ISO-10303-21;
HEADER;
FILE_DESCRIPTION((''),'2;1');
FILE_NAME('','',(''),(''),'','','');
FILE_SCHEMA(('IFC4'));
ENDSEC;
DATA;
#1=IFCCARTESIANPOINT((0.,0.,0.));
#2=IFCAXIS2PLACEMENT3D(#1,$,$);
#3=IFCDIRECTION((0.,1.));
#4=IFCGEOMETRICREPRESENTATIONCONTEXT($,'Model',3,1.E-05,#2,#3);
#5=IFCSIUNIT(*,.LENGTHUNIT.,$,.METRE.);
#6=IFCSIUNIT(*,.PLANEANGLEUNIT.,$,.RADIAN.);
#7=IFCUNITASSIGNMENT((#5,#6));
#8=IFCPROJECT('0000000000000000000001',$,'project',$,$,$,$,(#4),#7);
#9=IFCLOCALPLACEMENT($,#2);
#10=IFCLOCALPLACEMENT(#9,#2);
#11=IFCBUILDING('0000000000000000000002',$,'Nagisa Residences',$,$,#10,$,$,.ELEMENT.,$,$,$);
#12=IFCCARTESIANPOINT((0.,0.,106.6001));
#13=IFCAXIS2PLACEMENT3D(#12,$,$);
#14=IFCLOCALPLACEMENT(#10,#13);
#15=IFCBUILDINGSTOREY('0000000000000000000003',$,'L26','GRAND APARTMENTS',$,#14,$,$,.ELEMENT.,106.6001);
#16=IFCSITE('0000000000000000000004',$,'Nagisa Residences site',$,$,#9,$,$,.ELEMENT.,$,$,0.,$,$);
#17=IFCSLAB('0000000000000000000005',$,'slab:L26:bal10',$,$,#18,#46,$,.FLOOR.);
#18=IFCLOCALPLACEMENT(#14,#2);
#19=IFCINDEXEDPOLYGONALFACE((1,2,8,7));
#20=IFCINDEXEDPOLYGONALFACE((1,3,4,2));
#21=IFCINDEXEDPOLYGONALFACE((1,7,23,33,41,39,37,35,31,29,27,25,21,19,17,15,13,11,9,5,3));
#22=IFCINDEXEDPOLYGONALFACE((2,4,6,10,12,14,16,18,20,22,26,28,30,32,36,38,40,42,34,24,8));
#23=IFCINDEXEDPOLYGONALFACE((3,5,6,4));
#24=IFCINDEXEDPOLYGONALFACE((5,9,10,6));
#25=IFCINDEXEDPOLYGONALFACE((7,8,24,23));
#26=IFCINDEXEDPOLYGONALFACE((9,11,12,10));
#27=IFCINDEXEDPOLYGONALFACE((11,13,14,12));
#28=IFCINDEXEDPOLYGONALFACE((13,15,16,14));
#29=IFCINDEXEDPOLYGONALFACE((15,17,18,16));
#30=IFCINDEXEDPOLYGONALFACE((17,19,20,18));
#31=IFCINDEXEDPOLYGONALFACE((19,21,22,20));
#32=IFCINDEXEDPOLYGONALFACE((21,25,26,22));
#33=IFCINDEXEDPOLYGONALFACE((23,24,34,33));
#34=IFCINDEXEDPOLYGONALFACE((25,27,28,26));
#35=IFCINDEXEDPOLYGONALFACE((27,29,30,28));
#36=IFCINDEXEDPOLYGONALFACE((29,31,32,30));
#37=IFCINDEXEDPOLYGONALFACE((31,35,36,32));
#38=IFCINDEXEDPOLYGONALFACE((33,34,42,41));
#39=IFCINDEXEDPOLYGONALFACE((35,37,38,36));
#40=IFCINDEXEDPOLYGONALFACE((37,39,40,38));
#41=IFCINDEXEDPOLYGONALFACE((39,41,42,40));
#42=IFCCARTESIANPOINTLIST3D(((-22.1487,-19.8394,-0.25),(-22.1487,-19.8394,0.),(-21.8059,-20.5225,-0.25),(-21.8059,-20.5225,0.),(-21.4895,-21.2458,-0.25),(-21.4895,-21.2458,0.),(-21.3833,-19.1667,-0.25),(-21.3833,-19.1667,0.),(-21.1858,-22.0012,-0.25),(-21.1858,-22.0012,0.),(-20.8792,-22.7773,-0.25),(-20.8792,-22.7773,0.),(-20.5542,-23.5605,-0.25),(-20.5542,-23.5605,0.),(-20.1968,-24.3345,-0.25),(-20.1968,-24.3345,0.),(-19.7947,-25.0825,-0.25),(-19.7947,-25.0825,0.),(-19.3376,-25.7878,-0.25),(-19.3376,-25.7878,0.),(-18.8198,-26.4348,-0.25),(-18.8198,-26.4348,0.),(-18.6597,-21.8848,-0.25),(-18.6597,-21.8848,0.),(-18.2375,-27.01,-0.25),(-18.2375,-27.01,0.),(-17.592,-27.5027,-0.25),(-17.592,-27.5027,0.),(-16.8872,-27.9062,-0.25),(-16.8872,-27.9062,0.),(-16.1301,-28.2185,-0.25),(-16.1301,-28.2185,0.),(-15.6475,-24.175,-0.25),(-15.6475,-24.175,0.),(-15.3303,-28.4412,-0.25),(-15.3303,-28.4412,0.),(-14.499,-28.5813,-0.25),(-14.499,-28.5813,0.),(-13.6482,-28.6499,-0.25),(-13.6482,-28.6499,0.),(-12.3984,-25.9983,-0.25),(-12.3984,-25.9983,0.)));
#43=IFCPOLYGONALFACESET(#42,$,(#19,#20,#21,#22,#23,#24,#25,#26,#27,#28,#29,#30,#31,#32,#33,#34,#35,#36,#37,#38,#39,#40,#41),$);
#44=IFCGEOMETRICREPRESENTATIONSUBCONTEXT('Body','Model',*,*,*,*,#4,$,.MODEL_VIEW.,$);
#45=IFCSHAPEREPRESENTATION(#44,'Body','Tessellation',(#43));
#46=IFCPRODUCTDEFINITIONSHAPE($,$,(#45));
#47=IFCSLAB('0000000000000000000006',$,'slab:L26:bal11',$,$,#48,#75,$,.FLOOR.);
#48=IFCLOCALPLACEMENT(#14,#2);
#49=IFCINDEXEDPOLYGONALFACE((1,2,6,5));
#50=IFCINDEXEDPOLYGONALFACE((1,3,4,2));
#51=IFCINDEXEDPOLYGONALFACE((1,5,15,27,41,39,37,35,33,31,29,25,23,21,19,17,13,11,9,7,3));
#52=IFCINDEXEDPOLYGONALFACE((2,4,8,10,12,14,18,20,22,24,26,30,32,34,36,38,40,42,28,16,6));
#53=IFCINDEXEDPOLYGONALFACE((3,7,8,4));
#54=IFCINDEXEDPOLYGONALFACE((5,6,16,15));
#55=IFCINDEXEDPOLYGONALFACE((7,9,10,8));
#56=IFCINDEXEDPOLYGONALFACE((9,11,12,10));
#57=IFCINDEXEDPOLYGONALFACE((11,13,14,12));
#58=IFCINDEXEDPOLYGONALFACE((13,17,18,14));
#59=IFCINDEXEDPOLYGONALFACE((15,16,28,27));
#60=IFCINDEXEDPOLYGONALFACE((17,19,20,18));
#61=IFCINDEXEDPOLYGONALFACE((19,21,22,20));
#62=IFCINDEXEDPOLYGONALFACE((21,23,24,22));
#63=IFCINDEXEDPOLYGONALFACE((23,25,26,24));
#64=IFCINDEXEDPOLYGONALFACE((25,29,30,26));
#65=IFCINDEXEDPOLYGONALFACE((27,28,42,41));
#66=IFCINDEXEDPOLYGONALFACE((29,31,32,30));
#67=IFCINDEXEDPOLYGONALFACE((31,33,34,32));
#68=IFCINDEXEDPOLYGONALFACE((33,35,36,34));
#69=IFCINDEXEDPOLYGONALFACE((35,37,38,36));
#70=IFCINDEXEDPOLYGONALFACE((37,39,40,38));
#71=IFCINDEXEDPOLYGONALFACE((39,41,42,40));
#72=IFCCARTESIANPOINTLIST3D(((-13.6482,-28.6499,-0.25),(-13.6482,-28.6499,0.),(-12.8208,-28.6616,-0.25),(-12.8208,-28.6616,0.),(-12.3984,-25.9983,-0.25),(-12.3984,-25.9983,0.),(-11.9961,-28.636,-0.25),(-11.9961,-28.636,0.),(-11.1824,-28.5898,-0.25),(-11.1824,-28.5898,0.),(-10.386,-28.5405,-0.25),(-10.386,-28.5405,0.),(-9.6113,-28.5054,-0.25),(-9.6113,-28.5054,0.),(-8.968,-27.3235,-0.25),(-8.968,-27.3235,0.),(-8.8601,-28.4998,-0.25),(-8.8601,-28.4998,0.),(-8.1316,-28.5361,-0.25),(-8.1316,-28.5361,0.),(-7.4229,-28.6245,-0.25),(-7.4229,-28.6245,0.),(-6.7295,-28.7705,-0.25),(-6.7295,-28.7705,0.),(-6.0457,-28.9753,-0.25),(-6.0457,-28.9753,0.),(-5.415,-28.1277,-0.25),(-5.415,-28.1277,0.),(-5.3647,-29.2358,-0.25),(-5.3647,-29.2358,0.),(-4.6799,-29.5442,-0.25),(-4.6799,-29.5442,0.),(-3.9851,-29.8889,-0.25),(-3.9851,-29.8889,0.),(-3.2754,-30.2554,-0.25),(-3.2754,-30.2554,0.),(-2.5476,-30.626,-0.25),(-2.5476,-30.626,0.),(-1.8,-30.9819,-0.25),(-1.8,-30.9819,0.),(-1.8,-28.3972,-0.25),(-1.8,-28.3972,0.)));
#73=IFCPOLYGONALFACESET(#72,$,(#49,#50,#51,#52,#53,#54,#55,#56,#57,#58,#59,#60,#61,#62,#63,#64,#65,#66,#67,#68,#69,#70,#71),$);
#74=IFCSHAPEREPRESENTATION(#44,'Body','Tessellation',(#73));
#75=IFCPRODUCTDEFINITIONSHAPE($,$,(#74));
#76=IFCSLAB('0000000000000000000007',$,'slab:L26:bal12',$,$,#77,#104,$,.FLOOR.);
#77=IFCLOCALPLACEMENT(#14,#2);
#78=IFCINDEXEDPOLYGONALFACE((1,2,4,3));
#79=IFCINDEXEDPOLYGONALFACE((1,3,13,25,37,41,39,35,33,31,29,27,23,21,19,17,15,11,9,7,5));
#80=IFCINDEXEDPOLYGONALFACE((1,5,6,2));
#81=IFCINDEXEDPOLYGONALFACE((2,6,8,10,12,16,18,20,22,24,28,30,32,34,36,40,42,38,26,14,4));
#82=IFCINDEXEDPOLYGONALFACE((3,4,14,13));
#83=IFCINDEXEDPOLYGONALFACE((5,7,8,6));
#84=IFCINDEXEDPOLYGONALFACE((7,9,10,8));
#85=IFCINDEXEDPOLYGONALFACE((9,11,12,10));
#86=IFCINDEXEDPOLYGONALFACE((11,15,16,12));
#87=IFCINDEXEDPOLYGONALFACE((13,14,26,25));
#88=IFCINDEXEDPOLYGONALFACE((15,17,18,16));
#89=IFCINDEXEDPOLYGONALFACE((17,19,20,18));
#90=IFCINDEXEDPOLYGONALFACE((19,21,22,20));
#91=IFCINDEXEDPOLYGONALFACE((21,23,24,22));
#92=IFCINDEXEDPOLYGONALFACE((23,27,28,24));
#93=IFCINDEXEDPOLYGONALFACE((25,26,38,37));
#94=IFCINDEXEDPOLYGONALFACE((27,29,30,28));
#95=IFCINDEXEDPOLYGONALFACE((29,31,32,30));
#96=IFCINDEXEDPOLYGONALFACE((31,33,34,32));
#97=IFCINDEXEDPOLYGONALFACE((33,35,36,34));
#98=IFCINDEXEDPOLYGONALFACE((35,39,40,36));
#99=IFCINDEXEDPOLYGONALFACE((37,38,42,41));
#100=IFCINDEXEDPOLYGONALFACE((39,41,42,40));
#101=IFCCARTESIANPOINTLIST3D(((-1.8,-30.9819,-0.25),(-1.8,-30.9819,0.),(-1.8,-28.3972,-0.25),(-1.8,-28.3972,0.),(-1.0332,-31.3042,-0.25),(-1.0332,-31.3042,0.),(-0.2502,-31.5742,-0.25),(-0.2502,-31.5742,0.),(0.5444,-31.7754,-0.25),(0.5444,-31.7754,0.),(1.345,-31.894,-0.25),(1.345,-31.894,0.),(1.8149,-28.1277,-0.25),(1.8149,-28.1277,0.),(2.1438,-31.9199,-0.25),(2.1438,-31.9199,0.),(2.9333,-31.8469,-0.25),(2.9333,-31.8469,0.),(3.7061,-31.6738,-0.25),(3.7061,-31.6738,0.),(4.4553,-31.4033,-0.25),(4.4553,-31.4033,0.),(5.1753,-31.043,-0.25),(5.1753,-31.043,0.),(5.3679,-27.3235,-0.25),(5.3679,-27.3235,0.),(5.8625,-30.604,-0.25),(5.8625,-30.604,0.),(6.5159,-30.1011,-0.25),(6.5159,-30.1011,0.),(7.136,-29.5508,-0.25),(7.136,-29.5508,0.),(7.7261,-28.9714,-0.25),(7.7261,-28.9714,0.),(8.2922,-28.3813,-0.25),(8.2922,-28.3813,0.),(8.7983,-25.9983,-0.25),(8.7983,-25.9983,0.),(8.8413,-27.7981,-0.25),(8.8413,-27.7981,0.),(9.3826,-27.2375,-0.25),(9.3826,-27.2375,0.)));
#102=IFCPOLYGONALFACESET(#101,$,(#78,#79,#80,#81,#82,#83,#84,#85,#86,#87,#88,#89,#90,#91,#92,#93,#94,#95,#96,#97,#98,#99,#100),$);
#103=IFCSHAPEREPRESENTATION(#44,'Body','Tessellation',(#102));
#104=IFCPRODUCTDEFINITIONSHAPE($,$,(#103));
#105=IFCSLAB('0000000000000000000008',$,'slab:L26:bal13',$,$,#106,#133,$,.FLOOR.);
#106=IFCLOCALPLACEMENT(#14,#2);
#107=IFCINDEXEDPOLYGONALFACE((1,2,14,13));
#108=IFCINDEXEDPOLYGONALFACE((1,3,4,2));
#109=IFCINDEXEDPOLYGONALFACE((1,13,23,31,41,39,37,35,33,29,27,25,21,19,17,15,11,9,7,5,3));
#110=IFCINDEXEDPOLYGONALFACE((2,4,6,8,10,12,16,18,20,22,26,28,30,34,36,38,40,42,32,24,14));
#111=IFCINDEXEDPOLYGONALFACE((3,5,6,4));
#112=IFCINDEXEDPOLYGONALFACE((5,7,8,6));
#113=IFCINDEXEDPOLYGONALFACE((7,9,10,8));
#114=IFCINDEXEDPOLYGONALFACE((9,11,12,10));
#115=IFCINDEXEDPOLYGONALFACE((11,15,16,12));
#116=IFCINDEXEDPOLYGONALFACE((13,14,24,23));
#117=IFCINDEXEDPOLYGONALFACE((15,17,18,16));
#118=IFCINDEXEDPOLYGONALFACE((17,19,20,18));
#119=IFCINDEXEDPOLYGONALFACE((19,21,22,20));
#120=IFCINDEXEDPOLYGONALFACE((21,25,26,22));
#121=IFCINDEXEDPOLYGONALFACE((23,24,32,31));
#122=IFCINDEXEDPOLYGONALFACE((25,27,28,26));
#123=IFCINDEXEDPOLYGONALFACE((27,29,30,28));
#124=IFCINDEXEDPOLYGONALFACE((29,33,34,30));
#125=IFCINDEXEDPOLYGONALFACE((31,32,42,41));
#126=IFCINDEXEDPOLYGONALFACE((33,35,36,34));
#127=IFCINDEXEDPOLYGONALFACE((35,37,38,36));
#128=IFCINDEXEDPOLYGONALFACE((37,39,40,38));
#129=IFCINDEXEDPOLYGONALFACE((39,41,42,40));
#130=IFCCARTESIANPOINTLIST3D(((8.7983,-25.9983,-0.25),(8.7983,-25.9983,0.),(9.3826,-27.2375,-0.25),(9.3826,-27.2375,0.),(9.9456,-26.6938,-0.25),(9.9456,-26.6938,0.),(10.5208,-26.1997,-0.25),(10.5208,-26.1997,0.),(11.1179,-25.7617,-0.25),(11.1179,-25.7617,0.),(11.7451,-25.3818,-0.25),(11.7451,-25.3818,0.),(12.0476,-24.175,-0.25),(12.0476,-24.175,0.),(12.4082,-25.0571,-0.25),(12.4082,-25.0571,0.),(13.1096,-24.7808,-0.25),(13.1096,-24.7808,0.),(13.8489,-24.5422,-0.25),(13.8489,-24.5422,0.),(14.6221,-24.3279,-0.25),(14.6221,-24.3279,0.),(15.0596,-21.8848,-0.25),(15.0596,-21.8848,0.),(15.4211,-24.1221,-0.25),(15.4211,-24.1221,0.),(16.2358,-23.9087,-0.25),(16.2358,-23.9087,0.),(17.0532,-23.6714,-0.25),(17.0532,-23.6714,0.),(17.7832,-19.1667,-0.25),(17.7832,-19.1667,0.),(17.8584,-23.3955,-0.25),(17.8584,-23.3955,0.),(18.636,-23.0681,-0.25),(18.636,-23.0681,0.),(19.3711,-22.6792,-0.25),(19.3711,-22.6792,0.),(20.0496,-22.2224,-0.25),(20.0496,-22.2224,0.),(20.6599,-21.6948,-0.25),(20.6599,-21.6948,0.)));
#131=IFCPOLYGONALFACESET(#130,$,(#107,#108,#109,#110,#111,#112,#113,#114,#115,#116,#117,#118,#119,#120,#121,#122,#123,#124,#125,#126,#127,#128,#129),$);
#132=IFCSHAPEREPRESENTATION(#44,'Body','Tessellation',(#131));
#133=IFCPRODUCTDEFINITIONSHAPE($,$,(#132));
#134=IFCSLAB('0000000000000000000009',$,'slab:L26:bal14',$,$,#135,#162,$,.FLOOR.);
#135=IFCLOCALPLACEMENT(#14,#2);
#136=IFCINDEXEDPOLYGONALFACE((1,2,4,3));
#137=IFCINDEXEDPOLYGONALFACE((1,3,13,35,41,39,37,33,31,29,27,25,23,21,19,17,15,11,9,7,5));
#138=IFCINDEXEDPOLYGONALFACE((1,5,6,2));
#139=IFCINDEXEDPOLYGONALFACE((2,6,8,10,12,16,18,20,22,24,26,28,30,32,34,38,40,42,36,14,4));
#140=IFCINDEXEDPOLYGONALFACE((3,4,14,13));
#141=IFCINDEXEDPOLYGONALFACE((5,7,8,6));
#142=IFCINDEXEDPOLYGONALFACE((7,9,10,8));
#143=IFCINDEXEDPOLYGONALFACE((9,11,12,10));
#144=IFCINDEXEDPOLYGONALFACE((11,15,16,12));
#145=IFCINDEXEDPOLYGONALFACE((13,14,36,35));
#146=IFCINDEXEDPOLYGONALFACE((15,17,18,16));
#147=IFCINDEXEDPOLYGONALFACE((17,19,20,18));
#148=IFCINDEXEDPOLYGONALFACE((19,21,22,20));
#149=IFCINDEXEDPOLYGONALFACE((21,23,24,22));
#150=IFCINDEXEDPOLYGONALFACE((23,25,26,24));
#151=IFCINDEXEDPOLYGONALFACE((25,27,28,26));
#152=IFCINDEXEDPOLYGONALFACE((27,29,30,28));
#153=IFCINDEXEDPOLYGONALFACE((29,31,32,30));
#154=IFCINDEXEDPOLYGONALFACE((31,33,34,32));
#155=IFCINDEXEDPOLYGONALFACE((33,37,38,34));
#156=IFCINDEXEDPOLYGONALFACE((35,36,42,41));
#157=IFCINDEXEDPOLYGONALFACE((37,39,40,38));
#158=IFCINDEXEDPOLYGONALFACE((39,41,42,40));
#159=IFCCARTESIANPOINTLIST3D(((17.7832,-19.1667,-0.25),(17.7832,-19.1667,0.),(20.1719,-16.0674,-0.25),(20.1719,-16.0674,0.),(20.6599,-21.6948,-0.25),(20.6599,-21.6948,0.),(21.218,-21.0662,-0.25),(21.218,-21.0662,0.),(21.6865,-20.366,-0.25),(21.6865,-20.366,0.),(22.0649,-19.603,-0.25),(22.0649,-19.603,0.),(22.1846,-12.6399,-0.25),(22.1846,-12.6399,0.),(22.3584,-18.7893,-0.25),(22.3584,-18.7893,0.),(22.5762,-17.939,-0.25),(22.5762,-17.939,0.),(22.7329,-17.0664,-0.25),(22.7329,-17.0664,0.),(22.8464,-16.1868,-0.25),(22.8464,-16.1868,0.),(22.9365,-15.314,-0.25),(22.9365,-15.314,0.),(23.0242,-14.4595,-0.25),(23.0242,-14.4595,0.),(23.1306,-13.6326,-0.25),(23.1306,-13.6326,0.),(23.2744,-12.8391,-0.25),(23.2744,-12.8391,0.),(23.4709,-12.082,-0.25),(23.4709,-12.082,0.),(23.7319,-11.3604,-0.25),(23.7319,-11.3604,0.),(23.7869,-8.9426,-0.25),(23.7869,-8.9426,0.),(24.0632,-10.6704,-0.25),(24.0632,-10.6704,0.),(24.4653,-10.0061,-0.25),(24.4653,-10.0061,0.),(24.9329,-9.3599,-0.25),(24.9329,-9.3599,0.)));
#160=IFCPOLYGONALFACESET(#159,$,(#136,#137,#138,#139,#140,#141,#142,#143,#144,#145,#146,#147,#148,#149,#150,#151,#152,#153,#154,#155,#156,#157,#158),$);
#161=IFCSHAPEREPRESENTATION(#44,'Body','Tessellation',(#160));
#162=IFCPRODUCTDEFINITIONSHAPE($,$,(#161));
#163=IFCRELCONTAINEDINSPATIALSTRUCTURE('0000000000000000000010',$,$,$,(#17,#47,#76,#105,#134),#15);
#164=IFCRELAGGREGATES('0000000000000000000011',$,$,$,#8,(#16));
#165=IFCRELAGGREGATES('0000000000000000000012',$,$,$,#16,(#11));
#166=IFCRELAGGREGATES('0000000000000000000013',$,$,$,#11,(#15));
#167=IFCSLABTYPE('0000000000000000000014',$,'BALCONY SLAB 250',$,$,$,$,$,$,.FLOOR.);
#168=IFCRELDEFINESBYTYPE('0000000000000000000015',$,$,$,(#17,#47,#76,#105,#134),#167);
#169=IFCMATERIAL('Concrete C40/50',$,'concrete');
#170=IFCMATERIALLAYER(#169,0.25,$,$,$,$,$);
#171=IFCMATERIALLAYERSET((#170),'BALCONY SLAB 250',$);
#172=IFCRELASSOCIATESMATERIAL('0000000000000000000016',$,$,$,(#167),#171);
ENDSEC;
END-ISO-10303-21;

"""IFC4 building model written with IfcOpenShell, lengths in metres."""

from ifc_helpers import new_model, si_unit, direction, frame, origin, place, context, subcontext, project, spatial, polyline, outline, extrude, material, layer, layer_set, type_object, element, save


model = new_model("IFC4")

# Units and contexts
model_context = context("Model", 3, precision=1e-05, world=origin(), true_north=direction((0.0, 1.0)))
body_context = subcontext(model_context, "Body", "Model", "MODEL_VIEW")
ifc_project = project(units=[si_unit("LENGTHUNIT", "METRE"), si_unit("PLANEANGLEUNIT", "RADIAN")], contexts=[model_context])

# Site, building, storey
site_placement = place(None, origin())
site = spatial("IfcSite", under=ifc_project, at=site_placement, Name="Nagisa Residences site", CompositionType="ELEMENT", RefElevation=0.0)
building_placement = place(site_placement, origin())
building = spatial("IfcBuilding", under=site, at=building_placement, Name="Nagisa Residences", CompositionType="ELEMENT")
storey_placement = place(building_placement, frame((0.0, 0.0, 106.6001)))
storey = spatial("IfcBuildingStorey", under=building, at=storey_placement, Name="L26", Description="GRAND APARTMENTS", CompositionType="ELEMENT", Elevation=106.6001)

# Slabs
ifc_material_1 = material(Name="Concrete C40/50", Category="concrete")
ifc_layer_1 = layer(ifc_material_1, 0.25)
ifc_layer_set_1 = layer_set([ifc_layer_1], Name="BALCONY SLAB 250")
slab_type_1 = type_object("IfcSlabType", Name="BALCONY SLAB 250", PredefinedType="FLOOR", material=ifc_layer_set_1)
slab_1_placement = place(storey_placement, frame((0.0, 0.0, -0.25)))
element("IfcSlab", 1, at=slab_1_placement, inside=storey, type_object=slab_type_1, Name="slab:L26:bal10", PredefinedType="FLOOR", context=body_context, shape_type="SweptSolid", body=[
    extrude(outline(polyline([(-22.1487, -19.8394), (-21.8059, -20.5225), (-21.4895, -21.2458), (-21.1858, -22.0012), (-20.8792, -22.7773), (-20.5542, -23.5605), (-20.1968, -24.3345), (-19.7947, -25.0825), (-19.3376, -25.7878), (-18.8198, -26.4348), (-18.2375, -27.01), (-17.592, -27.5027), (-16.8872, -27.9062), (-16.1301, -28.2185), (-15.3303, -28.4412), (-14.499, -28.5813), (-13.6482, -28.6499), (-12.3984, -25.9983), (-15.6475, -24.175), (-18.6597, -21.8848), (-21.3833, -19.1667), (-22.1487, -19.8394)])), origin(), (0.0, 0.0, 1.0), 0.25),
])
slab_2_placement = place(storey_placement, frame((0.0, 0.0, -0.25)))
element("IfcSlab", 2, at=slab_2_placement, inside=storey, type_object=slab_type_1, Name="slab:L26:bal11", PredefinedType="FLOOR", context=body_context, shape_type="SweptSolid", body=[
    extrude(outline(polyline([(-13.6482, -28.6499), (-12.8208, -28.6616), (-11.9961, -28.636), (-11.1824, -28.5898), (-10.386, -28.5405), (-9.6113, -28.5054), (-8.8601, -28.4998), (-8.1316, -28.5361), (-7.4229, -28.6245), (-6.7295, -28.7705), (-6.0457, -28.9753), (-5.3647, -29.2358), (-4.6799, -29.5442), (-3.9851, -29.8889), (-3.2754, -30.2554), (-2.5476, -30.626), (-1.8, -30.9819), (-1.8, -28.3972), (-5.415, -28.1277), (-8.968, -27.3235), (-12.3984, -25.9983), (-13.6482, -28.6499)])), origin(), (0.0, 0.0, 1.0), 0.25),
])
slab_3_placement = place(storey_placement, frame((0.0, 0.0, -0.25)))
element("IfcSlab", 3, at=slab_3_placement, inside=storey, type_object=slab_type_1, Name="slab:L26:bal12", PredefinedType="FLOOR", context=body_context, shape_type="SweptSolid", body=[
    extrude(outline(polyline([(-1.8, -30.9819), (-1.0332, -31.3042), (-0.2502, -31.5742), (0.5444, -31.7754), (1.345, -31.894), (2.1438, -31.9199), (2.9333, -31.8469), (3.7061, -31.6738), (4.4553, -31.4033), (5.1753, -31.043), (5.8625, -30.604), (6.5159, -30.1011), (7.136, -29.5508), (7.7261, -28.9714), (8.2922, -28.3813), (8.8413, -27.7981), (9.3826, -27.2375), (8.7983, -25.9983), (5.3679, -27.3235), (1.8149, -28.1277), (-1.8, -28.3972), (-1.8, -30.9819)])), origin(), (0.0, 0.0, 1.0), 0.25),
])
slab_4_placement = place(storey_placement, frame((0.0, 0.0, -0.25)))
element("IfcSlab", 4, at=slab_4_placement, inside=storey, type_object=slab_type_1, Name="slab:L26:bal13", PredefinedType="FLOOR", context=body_context, shape_type="SweptSolid", body=[
    extrude(outline(polyline([(9.3826, -27.2375), (9.9456, -26.6938), (10.5208, -26.1997), (11.1179, -25.7617), (11.7451, -25.3818), (12.4082, -25.0571), (13.1096, -24.7808), (13.8489, -24.5422), (14.6221, -24.3279), (15.4211, -24.1221), (16.2358, -23.9087), (17.0532, -23.6714), (17.8584, -23.3955), (18.636, -23.0681), (19.3711, -22.6792), (20.0496, -22.2224), (20.6599, -21.6948), (17.7832, -19.1667), (15.0596, -21.8848), (12.0476, -24.175), (8.7983, -25.9983), (9.3826, -27.2375)])), origin(), (0.0, 0.0, 1.0), 0.25),
])
slab_5_placement = place(storey_placement, frame((0.0, 0.0, -0.25)))
element("IfcSlab", 5, at=slab_5_placement, inside=storey, type_object=slab_type_1, Name="slab:L26:bal14", PredefinedType="FLOOR", context=body_context, shape_type="SweptSolid", body=[
    extrude(outline(polyline([(20.6599, -21.6948), (21.218, -21.0662), (21.6865, -20.366), (22.0649, -19.603), (22.3584, -18.7893), (22.5762, -17.939), (22.7329, -17.0664), (22.8464, -16.1868), (22.9365, -15.314), (23.0242, -14.4595), (23.1306, -13.6326), (23.2744, -12.8391), (23.4709, -12.082), (23.7319, -11.3604), (24.0632, -10.6704), (24.4653, -10.0061), (24.9329, -9.3599), (23.7869, -8.9426), (22.1846, -12.6399), (20.1719, -16.0674), (17.7832, -19.1667), (20.6599, -21.6948)])), origin(), (0.0, 0.0, 1.0), 0.25),
])

save(model, "model.ifc")
